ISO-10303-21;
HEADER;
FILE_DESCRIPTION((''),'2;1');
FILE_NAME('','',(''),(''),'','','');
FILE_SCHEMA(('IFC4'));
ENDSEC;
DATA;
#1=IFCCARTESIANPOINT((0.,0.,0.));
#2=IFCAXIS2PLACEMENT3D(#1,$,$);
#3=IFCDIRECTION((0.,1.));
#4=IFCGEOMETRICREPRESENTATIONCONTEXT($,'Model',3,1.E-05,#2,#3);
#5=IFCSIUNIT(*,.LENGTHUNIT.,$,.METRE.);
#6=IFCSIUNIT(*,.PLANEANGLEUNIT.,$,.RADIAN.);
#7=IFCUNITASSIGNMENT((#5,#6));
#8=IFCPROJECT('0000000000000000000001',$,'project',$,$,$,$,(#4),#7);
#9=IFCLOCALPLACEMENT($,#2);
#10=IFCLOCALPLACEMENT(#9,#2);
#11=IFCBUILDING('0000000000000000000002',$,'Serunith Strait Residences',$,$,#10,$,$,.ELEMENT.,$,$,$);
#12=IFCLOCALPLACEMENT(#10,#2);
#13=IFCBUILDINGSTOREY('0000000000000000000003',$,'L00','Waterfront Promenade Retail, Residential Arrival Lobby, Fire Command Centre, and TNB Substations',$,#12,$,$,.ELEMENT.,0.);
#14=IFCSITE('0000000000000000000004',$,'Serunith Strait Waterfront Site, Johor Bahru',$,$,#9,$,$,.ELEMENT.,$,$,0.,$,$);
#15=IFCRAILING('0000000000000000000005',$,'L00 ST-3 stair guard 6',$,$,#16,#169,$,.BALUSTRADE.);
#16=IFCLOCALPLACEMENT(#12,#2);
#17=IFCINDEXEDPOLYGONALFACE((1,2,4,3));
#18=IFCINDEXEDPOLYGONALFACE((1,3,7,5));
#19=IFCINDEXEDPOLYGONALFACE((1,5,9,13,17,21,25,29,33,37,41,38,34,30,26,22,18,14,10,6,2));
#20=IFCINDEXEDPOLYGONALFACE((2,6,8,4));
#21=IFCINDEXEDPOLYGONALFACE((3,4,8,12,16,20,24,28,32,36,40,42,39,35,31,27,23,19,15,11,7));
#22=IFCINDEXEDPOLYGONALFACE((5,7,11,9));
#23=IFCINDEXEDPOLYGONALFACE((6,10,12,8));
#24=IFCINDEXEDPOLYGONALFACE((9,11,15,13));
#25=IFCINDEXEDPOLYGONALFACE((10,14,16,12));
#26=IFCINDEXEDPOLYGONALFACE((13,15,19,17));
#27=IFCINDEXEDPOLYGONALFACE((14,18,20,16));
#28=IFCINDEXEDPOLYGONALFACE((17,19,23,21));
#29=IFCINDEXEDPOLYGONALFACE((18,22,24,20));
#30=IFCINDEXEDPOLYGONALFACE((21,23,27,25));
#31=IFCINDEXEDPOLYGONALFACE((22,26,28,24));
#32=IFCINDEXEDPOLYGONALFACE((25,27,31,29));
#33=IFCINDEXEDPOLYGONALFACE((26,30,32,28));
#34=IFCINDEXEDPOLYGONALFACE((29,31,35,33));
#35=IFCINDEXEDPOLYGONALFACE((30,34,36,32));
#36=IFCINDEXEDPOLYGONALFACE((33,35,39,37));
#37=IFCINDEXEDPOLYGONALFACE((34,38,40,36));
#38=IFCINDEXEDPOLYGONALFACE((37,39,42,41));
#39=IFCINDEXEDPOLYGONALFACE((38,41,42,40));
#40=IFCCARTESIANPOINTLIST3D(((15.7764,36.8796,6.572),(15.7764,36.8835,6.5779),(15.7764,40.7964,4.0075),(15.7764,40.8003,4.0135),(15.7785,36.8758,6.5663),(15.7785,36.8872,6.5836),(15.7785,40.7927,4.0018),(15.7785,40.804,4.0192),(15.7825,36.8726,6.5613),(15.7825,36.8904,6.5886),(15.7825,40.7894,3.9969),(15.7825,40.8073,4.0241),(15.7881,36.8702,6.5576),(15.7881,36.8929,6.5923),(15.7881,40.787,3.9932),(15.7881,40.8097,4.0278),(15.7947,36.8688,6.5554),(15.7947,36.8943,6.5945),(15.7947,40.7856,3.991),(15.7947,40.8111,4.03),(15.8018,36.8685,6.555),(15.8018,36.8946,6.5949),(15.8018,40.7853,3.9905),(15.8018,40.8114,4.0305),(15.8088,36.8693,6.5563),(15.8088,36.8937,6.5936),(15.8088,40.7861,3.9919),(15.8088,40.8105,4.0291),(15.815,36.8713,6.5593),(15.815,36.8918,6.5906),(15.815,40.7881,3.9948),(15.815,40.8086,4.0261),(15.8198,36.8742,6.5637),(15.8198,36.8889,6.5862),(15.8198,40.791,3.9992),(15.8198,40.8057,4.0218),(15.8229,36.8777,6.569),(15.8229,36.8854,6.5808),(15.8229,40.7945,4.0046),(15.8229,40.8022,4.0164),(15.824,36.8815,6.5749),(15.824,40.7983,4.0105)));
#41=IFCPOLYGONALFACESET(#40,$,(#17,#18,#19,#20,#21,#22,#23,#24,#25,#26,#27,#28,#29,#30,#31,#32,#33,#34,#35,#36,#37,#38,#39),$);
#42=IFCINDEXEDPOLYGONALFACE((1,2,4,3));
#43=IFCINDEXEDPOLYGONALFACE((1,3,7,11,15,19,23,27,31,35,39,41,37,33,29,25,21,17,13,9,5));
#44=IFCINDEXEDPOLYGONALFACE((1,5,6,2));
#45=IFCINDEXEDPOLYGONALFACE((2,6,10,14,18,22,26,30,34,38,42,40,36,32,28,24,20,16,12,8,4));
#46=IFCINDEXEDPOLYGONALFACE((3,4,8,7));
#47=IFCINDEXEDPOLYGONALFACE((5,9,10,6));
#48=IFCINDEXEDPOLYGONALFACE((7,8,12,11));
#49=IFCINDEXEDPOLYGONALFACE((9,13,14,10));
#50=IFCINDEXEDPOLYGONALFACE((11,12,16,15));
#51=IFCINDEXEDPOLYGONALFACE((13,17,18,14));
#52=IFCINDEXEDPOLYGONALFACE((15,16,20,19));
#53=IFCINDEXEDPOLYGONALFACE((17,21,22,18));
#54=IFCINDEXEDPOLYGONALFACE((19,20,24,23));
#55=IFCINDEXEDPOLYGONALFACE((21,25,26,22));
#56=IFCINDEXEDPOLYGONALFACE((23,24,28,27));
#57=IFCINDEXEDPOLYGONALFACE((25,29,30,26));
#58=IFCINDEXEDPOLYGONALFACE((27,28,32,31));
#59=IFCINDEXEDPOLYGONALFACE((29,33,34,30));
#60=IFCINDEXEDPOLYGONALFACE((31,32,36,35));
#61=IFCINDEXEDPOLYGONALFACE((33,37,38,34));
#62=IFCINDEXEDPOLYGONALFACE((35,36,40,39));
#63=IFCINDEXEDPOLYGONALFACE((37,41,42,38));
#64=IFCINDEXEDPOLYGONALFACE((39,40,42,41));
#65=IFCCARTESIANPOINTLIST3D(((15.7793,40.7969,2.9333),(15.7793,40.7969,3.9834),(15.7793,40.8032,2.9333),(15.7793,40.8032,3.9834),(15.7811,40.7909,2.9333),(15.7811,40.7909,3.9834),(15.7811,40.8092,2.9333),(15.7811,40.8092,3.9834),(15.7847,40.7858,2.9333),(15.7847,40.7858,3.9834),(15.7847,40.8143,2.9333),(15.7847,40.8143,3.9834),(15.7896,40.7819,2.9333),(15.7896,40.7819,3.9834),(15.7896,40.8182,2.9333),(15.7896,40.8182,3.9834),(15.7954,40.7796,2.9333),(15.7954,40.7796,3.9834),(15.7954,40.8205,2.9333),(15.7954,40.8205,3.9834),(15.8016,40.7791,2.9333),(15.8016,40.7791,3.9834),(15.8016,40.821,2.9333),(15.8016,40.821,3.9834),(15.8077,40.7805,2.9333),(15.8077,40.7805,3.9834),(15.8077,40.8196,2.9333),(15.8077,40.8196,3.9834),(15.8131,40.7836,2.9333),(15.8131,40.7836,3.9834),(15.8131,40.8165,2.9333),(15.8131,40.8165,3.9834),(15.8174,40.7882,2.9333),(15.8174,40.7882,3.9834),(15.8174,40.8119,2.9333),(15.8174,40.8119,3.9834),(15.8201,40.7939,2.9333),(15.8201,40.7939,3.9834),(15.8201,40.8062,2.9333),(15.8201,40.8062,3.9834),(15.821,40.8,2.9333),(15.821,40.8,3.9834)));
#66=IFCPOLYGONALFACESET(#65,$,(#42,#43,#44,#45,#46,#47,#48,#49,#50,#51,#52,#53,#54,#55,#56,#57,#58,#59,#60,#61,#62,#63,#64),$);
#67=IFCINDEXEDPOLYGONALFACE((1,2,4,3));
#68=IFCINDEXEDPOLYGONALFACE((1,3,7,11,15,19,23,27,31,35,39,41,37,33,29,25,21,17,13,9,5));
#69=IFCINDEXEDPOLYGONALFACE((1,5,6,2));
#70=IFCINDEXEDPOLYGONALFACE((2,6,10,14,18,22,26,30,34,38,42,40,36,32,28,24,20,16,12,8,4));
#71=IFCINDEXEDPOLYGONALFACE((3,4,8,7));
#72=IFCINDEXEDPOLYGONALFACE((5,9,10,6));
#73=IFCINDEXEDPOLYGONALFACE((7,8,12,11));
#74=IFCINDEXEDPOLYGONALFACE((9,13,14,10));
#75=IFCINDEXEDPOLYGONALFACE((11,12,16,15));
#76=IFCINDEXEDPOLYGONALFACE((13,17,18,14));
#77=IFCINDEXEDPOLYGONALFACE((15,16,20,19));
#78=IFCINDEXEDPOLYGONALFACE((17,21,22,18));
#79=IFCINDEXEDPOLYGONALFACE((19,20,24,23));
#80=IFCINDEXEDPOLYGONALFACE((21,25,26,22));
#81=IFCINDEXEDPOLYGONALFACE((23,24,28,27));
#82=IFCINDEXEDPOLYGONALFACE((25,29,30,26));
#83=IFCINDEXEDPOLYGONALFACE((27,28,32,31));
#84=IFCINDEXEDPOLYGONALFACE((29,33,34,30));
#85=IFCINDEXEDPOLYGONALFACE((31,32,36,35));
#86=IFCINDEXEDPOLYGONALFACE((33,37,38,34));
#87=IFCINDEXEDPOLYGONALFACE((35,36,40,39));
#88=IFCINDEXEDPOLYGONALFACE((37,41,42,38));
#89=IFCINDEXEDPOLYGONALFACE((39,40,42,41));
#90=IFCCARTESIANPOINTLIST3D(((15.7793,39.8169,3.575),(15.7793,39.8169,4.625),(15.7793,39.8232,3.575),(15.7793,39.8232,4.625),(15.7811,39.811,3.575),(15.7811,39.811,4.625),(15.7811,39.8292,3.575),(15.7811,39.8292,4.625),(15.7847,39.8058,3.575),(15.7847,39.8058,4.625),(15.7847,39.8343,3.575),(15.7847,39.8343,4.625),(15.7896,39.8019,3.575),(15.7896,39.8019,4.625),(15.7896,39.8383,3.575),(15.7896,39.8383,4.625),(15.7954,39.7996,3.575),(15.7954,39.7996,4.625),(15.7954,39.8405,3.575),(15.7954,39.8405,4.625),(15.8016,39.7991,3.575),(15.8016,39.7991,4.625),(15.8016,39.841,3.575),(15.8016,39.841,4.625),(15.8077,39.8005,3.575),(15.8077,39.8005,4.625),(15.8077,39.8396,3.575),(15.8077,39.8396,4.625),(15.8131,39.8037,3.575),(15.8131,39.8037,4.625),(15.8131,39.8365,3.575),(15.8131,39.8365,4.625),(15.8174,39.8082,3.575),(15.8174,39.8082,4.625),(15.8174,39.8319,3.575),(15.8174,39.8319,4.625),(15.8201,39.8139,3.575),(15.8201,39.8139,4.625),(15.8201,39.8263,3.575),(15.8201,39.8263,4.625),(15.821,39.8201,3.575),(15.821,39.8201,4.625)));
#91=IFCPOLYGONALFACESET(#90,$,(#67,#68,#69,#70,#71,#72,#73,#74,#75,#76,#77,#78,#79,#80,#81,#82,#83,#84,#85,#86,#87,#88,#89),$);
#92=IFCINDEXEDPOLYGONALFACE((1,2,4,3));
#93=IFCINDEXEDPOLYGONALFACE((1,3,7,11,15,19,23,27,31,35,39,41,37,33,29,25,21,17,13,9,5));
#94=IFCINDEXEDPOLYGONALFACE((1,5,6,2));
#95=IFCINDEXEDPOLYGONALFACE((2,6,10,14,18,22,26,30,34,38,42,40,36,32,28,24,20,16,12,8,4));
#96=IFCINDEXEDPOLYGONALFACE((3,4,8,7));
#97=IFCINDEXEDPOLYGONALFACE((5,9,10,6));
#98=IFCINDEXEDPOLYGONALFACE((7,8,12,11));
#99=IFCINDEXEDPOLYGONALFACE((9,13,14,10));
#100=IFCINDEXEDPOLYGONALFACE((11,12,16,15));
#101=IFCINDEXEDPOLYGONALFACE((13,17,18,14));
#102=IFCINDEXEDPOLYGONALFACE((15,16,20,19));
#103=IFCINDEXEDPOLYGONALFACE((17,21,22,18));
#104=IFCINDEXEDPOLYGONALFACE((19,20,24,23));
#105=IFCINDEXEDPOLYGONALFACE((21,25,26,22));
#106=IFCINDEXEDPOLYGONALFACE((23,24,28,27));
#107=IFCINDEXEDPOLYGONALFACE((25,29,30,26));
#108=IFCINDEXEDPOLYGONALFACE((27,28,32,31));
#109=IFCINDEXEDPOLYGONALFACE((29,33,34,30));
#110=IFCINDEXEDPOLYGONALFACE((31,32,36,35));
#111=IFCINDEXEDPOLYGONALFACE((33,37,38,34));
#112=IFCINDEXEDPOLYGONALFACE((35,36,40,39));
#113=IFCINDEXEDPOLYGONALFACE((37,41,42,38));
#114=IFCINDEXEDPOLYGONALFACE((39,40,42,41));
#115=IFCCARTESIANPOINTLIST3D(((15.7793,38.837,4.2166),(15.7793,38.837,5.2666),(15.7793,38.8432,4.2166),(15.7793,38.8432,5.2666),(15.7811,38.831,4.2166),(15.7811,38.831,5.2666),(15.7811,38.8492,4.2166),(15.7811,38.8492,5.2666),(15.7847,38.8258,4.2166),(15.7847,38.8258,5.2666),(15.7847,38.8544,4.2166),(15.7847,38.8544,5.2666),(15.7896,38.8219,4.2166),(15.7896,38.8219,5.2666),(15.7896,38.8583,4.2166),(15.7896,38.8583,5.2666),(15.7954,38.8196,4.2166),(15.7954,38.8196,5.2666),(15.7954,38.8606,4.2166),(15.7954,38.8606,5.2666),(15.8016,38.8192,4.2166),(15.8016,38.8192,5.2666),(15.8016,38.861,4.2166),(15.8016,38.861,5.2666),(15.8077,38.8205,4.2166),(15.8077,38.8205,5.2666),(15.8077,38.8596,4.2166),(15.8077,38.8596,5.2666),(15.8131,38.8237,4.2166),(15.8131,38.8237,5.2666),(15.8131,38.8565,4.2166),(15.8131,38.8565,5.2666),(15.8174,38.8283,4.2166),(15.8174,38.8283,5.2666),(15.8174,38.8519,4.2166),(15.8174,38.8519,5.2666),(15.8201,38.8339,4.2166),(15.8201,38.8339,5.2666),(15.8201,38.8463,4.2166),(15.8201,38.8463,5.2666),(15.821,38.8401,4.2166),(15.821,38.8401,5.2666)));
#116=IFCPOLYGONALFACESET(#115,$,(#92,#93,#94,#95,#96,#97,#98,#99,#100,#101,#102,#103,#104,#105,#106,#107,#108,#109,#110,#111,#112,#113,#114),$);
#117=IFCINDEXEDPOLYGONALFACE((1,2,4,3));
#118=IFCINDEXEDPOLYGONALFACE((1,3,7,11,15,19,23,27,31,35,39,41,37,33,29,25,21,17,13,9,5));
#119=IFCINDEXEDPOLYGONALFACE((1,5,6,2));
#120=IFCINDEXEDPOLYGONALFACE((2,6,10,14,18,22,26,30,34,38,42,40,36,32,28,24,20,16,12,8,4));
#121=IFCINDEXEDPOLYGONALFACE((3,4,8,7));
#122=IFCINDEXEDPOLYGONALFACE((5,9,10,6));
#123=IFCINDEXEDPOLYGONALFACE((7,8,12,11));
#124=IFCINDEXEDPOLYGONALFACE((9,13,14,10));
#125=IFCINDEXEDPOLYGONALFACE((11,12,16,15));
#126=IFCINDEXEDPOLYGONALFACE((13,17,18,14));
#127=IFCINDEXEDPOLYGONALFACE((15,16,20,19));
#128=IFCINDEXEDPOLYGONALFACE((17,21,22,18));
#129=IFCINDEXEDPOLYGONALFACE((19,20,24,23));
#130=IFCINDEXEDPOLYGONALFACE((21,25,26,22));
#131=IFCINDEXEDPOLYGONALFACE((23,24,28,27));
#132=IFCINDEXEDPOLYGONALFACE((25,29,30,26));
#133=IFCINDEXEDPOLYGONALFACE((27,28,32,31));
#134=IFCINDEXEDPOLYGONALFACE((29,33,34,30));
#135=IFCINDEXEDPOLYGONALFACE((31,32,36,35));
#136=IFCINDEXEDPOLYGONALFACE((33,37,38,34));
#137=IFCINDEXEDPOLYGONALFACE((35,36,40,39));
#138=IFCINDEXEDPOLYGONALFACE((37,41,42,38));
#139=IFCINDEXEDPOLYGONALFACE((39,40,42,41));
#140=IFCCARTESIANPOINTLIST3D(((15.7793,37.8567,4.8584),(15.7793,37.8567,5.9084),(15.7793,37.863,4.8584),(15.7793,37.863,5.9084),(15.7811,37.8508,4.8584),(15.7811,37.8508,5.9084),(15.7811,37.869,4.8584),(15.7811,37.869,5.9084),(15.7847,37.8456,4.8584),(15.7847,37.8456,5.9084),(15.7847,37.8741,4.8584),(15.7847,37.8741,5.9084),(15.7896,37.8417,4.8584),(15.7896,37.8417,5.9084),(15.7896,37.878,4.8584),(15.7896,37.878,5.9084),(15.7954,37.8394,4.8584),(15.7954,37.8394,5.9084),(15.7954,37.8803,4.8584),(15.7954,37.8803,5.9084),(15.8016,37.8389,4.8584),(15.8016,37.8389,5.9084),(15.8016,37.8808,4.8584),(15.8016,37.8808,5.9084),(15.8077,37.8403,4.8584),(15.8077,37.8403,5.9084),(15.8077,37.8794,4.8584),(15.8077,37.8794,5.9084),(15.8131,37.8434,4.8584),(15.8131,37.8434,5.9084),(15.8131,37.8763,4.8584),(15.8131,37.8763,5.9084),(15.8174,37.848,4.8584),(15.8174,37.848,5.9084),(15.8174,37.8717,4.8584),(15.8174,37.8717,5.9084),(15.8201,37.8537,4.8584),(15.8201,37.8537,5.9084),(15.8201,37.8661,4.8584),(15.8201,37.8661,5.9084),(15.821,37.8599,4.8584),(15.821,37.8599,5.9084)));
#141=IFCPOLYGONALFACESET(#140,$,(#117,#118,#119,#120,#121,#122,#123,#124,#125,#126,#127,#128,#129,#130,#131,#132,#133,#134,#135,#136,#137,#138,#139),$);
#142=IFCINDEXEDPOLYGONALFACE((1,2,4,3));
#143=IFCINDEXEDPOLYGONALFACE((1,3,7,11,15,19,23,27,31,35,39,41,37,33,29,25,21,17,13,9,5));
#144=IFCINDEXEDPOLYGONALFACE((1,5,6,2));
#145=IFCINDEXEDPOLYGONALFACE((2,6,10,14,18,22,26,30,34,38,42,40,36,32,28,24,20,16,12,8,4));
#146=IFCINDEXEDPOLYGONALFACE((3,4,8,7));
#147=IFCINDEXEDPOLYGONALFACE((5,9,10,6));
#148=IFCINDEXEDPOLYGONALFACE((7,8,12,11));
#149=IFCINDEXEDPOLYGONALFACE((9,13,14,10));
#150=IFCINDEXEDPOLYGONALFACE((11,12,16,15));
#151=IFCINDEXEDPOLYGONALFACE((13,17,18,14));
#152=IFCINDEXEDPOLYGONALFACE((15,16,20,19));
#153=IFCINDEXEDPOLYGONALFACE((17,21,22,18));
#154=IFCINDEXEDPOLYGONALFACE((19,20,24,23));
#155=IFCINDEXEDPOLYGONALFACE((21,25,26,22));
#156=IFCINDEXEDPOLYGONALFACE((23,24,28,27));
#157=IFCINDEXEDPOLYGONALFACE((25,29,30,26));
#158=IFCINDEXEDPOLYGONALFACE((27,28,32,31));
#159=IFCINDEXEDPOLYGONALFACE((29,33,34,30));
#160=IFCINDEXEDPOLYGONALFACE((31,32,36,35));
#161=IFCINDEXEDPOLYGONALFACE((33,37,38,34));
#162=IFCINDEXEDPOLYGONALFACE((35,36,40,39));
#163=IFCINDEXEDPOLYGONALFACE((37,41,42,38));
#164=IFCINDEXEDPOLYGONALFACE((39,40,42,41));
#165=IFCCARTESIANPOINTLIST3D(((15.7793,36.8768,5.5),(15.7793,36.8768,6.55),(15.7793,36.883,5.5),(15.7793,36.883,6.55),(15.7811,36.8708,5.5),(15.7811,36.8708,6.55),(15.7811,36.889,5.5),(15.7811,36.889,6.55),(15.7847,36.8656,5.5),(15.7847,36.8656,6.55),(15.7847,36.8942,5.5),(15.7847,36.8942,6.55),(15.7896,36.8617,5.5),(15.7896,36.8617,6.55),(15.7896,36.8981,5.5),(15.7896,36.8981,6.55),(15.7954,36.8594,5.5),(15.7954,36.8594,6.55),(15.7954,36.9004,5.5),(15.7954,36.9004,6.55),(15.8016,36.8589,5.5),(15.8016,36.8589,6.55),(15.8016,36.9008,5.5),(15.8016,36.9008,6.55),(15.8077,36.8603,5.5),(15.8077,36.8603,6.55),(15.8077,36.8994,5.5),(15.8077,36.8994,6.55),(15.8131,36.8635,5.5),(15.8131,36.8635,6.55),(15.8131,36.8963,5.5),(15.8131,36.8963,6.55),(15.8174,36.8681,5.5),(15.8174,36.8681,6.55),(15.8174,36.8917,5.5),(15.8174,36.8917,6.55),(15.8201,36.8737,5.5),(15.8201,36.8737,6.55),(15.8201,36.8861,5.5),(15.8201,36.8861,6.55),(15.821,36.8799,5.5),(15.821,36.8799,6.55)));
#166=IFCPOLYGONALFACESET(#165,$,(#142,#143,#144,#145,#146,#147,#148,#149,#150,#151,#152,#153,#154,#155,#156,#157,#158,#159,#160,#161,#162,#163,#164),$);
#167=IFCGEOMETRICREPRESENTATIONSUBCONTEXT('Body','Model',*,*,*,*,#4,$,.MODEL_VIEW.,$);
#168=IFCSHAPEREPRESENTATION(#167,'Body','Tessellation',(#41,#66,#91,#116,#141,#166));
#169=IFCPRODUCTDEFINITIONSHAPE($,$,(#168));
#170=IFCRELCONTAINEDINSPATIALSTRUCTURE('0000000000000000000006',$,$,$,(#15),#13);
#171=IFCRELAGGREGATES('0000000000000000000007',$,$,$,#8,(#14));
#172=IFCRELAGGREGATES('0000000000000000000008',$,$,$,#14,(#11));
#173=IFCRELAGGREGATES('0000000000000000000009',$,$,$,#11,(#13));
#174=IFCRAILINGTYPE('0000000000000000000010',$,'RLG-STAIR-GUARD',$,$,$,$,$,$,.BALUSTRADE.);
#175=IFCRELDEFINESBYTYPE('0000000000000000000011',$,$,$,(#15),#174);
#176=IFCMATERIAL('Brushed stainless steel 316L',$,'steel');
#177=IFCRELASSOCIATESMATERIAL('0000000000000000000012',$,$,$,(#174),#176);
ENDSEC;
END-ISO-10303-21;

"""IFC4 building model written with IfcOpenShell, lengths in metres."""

from ifc_helpers import new_model, si_unit, direction, frame, origin, origin_2d, place, context, subcontext, project, spatial, circle, extrude, material, type_object, element, save


model = new_model("IFC4")

# Units and contexts
model_context = context("Model", 3, precision=1e-05, world=origin(), true_north=direction((0.0, 1.0)))
body_context = subcontext(model_context, "Body", "Model", "MODEL_VIEW")
ifc_project = project(units=[si_unit("LENGTHUNIT", "METRE"), si_unit("PLANEANGLEUNIT", "RADIAN")], contexts=[model_context])

# Site, building, storey
site_placement = place(None, origin())
site = spatial("IfcSite", under=ifc_project, at=site_placement, Name="Serunith Strait Waterfront Site, Johor Bahru", CompositionType="ELEMENT", RefElevation=0.0)
building_placement = place(site_placement, origin())
building = spatial("IfcBuilding", under=site, at=building_placement, Name="Serunith Strait Residences", CompositionType="ELEMENT")
storey_placement = place(building_placement, origin())
storey = spatial("IfcBuildingStorey", under=building, at=storey_placement, Name="L00", Description="Waterfront Promenade Retail, Residential Arrival Lobby, Fire Command Centre, and TNB Substations", CompositionType="ELEMENT", Elevation=0.0)

# Railing
ifc_material_1 = material(Name="Brushed stainless steel 316L", Category="steel")
railing_type_1 = type_object("IfcRailingType", Name="RLG-STAIR-GUARD", PredefinedType="BALUSTRADE", material=ifc_material_1)
railing_1_placement = place(storey_placement, frame((15.8, 40.8, 2.9333)))
element("IfcRailing", 1, at=railing_1_placement, inside=storey, type_object=railing_type_1, Name="L00 ST-3 stair guard 6", PredefinedType="BALUSTRADE", context=body_context, shape_type="SweptSolid", body=[
    extrude(circle(Radius=0.0239, at=origin_2d()), frame((0.0, -0.0017, 1.0771), z_axis=(0.0, -0.836631, 0.547767), x_axis=(1.0, 0.0, 0.0)), (0.0, 0.0, 1.0), 4.6816),
    extrude(circle(Radius=0.021, at=origin_2d()), origin(), (0.0, 0.0, 1.0), 1.05),
    extrude(circle(Radius=0.021, at=origin_2d()), frame((0.0, -0.98, 0.6416)), (0.0, 0.0, 1.0), 1.05),
    extrude(circle(Radius=0.021, at=origin_2d()), frame((0.0, -1.96, 1.2832)), (0.0, 0.0, 1.0), 1.05),
    extrude(circle(Radius=0.021, at=origin_2d()), frame((0.0, -2.9402, 1.925)), (0.0, 0.0, 1.0), 1.05),
    extrude(circle(Radius=0.021, at=origin_2d()), frame((0.0, -3.9202, 2.5667)), (0.0, 0.0, 1.0), 1.05),
])

save(model, "model.ifc")
